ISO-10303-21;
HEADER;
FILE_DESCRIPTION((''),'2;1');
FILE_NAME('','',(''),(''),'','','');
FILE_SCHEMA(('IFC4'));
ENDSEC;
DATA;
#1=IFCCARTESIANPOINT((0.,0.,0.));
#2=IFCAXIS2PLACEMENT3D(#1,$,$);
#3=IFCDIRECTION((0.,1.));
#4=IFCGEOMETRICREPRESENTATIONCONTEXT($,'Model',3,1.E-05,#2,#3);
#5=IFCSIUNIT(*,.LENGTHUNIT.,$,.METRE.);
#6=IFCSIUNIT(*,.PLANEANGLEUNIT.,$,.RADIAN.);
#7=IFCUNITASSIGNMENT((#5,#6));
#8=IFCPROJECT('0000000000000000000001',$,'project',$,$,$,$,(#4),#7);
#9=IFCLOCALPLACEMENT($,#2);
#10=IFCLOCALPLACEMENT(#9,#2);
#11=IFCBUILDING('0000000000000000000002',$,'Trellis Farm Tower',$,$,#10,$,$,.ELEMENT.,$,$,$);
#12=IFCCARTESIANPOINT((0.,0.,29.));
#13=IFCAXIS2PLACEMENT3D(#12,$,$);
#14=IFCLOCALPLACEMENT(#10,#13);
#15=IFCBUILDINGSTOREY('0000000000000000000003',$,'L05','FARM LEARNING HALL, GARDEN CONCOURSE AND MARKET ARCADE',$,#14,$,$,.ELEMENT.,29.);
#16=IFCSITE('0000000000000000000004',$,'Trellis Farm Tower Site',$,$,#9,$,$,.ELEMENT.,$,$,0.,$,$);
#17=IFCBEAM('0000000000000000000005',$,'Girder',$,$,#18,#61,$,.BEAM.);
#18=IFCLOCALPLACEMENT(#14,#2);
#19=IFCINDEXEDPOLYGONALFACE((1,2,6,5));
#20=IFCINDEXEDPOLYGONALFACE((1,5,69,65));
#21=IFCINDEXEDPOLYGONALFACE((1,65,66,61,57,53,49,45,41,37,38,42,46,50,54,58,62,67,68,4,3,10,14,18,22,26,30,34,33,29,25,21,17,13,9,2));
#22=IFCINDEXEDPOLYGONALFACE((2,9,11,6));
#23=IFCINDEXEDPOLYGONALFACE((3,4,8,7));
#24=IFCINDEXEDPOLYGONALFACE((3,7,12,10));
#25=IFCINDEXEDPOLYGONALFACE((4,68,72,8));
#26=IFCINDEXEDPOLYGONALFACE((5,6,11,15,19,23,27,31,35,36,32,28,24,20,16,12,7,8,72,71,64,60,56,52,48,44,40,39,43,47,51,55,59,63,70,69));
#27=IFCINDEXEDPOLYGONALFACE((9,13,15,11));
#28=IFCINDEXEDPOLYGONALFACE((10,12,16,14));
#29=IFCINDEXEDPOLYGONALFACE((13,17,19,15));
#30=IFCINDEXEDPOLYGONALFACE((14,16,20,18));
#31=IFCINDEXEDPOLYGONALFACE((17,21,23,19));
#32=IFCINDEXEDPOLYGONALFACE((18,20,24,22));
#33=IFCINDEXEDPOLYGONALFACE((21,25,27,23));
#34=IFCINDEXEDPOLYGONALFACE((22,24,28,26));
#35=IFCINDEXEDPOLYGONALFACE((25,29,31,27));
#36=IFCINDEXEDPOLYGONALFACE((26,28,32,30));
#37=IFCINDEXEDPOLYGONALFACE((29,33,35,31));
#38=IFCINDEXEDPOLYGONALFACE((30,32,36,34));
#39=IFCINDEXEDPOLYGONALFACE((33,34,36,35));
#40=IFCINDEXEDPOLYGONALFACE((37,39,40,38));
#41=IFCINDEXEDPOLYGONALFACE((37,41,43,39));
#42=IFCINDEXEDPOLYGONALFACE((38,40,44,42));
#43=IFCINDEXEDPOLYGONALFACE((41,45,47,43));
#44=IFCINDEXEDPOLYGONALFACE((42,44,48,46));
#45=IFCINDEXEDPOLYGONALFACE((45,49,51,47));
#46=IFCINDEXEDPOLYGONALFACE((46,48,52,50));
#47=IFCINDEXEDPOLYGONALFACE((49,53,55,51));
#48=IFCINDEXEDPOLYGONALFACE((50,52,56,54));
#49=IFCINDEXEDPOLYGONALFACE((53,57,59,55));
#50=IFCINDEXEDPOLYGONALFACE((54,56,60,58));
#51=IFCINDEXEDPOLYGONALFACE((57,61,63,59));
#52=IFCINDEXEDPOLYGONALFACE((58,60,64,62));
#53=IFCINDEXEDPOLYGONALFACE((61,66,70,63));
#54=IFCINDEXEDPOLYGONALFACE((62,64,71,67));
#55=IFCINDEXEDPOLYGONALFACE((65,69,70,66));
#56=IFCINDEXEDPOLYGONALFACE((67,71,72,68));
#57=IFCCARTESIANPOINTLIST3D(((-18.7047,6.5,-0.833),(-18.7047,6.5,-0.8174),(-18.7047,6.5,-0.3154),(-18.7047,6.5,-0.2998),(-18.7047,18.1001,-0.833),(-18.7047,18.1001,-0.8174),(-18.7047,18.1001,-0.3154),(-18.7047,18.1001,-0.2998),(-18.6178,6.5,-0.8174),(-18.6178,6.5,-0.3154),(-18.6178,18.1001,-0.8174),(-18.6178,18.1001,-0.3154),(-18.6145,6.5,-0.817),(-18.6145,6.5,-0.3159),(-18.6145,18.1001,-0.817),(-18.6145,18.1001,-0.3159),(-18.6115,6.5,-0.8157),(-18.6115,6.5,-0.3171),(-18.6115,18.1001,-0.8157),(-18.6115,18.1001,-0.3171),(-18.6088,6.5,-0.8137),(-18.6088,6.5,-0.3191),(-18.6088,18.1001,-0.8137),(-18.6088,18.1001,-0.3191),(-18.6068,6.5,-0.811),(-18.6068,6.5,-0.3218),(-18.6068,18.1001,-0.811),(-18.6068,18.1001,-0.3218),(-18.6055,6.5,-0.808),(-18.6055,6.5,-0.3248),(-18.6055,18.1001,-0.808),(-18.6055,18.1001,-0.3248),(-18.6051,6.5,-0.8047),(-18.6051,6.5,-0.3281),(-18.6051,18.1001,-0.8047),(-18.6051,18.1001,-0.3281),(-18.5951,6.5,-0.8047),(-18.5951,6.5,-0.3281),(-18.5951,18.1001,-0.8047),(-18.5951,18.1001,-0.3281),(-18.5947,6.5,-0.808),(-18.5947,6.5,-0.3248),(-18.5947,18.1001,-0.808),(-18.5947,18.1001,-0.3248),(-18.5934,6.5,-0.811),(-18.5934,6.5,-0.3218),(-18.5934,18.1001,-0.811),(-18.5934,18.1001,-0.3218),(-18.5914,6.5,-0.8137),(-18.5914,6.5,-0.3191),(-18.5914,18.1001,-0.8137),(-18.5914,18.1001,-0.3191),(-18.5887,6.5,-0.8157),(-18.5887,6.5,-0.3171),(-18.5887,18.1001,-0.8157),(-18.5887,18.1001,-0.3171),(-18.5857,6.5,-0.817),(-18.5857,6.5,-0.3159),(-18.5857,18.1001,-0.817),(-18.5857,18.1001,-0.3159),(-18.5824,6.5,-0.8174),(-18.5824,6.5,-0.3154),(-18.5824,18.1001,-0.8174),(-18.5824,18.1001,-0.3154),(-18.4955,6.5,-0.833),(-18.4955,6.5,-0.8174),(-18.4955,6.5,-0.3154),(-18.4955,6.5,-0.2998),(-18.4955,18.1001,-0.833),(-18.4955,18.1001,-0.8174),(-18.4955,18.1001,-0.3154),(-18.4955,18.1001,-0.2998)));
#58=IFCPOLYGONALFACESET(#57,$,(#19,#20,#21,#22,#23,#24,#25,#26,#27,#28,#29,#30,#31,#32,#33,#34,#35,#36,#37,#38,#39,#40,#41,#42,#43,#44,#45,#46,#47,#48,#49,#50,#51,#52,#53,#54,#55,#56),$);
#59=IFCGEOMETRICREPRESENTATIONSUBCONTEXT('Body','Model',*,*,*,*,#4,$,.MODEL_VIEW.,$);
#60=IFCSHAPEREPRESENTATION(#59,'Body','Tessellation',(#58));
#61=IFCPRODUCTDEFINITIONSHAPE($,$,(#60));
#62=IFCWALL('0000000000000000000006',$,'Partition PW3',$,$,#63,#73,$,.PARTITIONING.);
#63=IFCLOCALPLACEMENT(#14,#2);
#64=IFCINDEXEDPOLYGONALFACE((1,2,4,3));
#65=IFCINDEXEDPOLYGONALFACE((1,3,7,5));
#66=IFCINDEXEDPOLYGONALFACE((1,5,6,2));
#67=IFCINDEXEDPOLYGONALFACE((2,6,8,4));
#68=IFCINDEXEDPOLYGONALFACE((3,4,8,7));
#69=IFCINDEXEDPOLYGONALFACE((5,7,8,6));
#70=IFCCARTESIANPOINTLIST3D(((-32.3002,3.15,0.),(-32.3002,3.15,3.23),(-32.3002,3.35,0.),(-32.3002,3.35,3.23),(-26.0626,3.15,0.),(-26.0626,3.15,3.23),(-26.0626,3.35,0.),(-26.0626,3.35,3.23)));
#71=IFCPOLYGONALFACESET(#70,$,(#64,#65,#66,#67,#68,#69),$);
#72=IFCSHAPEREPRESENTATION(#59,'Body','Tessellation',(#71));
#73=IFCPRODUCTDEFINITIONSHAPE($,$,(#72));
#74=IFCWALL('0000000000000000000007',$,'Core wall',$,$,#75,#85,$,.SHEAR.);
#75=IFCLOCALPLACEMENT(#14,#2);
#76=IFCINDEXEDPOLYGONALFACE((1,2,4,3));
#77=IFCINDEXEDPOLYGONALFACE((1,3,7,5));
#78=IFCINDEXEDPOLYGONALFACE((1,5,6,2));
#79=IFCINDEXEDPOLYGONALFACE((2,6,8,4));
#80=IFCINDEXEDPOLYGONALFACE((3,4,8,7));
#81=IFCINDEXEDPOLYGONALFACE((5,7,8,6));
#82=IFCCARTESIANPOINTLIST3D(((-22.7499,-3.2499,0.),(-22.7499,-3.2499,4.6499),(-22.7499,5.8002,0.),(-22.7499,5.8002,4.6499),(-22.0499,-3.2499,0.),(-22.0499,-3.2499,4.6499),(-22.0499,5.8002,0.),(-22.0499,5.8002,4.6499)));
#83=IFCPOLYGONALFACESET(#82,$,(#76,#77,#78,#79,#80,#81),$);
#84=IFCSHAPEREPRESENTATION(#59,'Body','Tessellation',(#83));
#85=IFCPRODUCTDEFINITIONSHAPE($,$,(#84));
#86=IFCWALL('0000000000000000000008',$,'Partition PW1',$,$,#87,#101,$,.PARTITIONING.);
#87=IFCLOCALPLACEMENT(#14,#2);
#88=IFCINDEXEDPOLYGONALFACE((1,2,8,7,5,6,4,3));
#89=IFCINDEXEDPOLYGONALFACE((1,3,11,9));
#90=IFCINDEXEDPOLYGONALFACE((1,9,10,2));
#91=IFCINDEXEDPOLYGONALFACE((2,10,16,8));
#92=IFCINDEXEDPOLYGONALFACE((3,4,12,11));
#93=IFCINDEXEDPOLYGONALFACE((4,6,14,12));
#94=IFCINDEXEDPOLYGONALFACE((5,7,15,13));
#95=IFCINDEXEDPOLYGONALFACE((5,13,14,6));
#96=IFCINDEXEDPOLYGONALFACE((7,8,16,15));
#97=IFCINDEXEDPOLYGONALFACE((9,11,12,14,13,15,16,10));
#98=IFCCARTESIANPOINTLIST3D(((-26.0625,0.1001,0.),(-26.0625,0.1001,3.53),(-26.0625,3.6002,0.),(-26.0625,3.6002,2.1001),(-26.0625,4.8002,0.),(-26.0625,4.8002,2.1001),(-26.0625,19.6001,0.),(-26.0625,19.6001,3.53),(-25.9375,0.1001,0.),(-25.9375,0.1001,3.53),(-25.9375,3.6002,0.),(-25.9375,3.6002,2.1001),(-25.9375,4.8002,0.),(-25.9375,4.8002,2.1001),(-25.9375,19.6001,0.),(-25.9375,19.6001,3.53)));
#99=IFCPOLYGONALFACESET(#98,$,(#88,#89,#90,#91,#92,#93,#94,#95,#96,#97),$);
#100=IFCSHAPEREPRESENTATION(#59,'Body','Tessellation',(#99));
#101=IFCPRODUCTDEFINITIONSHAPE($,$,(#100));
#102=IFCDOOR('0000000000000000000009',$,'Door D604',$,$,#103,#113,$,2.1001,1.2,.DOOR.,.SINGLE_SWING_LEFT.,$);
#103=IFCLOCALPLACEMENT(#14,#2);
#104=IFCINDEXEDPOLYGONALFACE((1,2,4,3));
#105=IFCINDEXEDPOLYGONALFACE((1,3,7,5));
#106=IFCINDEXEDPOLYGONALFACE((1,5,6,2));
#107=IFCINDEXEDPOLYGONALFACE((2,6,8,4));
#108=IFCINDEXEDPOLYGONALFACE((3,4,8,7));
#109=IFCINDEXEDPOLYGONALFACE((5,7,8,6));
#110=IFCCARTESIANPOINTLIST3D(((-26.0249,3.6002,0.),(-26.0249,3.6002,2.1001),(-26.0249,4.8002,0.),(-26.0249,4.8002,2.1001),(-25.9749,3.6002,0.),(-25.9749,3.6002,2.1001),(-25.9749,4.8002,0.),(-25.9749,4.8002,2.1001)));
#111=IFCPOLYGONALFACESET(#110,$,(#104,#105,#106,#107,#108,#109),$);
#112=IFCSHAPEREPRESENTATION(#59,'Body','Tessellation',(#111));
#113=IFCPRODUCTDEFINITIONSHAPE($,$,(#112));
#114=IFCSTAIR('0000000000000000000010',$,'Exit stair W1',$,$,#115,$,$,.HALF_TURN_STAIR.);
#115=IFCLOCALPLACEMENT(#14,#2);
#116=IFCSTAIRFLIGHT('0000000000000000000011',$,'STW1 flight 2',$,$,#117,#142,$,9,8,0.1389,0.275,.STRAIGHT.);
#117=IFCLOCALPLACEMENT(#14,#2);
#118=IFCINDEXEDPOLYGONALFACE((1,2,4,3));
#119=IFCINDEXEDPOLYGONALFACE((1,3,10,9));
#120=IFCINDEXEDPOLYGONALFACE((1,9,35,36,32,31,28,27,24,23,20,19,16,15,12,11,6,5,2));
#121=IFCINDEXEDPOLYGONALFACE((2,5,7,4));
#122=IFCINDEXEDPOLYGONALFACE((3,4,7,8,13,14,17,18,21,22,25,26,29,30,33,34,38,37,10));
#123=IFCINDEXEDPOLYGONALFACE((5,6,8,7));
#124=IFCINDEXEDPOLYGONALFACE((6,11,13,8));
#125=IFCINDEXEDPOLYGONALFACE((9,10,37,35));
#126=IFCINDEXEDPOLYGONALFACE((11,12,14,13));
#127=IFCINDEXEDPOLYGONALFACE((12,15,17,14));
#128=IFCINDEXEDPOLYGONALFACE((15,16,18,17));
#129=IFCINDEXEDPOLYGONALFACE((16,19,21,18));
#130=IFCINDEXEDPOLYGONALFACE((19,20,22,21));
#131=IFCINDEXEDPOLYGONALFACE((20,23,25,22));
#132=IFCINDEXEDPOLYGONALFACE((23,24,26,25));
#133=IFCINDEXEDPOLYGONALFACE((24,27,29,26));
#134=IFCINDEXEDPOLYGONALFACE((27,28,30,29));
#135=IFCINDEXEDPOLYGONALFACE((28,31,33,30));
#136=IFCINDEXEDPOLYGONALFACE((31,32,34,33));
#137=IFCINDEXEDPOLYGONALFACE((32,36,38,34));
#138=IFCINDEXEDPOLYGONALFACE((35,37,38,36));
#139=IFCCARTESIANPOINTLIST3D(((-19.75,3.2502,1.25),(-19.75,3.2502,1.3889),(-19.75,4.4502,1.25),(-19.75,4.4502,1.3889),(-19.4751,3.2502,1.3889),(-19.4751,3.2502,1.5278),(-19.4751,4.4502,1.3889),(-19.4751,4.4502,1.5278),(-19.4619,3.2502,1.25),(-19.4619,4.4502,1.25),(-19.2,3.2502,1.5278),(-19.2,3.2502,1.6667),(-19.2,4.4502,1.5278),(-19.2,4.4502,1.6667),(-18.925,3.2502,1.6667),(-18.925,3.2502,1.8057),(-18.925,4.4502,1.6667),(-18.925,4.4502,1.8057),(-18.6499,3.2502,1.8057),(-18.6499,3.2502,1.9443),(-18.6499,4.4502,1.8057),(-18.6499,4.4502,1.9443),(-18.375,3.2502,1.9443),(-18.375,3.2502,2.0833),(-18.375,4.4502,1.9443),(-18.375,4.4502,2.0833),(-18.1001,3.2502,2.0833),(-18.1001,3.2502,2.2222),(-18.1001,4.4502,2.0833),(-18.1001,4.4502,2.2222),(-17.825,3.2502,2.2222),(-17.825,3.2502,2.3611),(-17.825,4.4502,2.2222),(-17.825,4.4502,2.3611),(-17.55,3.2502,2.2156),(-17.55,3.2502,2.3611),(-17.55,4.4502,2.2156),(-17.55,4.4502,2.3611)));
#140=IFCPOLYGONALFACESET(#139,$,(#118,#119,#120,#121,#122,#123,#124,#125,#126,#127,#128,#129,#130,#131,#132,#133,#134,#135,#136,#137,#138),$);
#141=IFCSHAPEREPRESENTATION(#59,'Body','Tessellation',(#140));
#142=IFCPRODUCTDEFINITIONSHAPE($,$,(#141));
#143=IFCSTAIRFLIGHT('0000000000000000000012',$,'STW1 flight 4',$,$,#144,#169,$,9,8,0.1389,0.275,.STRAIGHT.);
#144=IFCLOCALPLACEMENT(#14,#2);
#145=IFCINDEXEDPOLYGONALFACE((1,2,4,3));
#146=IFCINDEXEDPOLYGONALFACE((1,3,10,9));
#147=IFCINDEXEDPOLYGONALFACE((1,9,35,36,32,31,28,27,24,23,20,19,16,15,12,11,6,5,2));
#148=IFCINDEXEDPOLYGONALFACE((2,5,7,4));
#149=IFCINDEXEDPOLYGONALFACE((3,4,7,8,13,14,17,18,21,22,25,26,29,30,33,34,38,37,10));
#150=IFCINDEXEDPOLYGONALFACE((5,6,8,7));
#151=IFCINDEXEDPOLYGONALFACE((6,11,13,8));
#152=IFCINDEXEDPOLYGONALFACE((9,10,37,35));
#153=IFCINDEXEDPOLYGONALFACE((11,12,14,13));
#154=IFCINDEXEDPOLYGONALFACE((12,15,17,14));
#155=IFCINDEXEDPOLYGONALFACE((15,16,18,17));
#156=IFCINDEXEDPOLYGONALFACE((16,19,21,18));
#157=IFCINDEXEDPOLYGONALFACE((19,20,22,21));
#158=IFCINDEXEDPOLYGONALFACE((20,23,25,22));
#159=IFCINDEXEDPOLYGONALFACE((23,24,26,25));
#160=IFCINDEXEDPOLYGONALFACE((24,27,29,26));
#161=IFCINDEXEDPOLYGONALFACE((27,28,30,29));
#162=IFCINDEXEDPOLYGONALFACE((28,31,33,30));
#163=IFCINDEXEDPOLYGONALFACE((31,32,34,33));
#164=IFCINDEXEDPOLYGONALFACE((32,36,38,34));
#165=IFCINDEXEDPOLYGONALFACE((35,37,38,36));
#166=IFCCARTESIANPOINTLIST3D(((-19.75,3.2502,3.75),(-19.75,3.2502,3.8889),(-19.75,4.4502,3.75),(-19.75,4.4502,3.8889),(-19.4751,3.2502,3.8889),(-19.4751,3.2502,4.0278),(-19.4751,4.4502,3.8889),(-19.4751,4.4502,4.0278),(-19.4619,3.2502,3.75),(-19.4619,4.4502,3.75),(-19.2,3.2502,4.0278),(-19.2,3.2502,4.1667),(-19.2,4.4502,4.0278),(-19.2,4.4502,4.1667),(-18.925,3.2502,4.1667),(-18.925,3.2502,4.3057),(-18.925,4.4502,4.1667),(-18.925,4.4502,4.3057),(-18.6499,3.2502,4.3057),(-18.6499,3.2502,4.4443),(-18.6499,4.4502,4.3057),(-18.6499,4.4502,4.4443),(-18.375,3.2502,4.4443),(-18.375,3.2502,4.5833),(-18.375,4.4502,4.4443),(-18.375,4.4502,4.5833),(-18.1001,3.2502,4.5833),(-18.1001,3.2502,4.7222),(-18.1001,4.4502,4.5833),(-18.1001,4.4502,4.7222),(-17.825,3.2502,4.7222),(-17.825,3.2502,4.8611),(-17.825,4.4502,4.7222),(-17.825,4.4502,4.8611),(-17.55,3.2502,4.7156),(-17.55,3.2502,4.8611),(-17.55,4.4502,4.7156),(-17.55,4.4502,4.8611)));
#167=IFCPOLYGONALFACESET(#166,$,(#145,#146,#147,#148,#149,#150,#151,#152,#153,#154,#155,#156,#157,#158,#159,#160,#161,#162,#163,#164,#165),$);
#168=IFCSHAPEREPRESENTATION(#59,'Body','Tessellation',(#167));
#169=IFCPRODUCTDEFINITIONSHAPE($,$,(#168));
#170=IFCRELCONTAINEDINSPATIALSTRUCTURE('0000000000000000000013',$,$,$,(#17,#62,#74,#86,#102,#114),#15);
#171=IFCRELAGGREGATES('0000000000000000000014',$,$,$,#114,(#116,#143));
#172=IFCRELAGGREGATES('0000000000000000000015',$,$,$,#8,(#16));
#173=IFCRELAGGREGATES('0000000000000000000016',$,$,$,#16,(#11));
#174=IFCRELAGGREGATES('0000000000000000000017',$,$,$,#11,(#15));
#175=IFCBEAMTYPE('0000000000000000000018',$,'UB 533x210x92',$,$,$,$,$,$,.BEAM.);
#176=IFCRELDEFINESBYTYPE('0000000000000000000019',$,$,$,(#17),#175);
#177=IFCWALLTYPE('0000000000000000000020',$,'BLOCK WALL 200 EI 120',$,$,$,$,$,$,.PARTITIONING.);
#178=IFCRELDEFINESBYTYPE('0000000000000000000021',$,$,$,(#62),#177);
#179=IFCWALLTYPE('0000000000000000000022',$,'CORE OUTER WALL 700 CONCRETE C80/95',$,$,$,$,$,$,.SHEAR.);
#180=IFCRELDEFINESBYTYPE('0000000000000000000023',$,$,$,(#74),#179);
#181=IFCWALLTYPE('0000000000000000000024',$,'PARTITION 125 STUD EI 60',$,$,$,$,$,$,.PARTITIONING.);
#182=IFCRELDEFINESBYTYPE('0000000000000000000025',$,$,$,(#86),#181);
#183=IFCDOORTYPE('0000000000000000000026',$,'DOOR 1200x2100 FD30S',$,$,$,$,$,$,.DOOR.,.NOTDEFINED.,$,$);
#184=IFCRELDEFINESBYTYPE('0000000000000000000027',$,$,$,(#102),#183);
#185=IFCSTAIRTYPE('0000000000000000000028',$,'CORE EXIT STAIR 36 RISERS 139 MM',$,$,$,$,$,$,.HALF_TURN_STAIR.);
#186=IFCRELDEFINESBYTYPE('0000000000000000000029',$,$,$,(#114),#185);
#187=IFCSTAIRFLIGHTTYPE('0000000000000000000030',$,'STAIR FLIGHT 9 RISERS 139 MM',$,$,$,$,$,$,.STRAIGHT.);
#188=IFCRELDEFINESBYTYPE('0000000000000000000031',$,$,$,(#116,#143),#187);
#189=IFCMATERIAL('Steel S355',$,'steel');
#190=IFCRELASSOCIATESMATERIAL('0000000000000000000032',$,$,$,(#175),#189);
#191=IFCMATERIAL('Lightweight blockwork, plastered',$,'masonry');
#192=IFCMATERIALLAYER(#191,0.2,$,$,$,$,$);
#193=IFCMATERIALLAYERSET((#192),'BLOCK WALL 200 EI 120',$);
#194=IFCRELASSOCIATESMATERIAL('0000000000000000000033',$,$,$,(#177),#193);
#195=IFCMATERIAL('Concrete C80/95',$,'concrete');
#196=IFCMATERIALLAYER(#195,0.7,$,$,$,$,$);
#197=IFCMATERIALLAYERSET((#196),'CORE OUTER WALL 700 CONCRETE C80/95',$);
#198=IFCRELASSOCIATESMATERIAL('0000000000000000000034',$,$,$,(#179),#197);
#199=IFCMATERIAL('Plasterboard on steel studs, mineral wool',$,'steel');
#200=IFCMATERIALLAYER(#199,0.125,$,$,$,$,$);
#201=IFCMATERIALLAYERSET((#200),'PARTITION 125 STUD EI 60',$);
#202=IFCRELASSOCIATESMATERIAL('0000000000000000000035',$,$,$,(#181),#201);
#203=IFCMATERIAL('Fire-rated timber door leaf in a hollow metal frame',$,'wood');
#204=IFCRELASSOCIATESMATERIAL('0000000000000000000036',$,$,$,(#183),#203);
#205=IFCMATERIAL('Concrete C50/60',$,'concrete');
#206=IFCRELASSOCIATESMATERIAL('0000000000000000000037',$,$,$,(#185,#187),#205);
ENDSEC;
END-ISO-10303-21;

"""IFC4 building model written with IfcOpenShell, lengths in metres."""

from ifc_helpers import new_model, si_unit, direction, frame, frame_2d, origin, origin_2d, place, context, subcontext, project, spatial, polyline, rectangle, i_section, outline, extrude, source, transform, mapped, material, layer, layer_set, material_profile, profile_set, type_object, element, fill, aggregate, save


model = new_model("IFC4")

# Units and contexts
model_context = context("Model", 3, precision=1e-05, world=origin(), true_north=direction((0.0, 1.0)))
body_context = subcontext(model_context, "Body", "Model", "MODEL_VIEW")
ifc_project = project(units=[si_unit("LENGTHUNIT", "METRE"), si_unit("PLANEANGLEUNIT", "RADIAN")], contexts=[model_context])

# Site, building, storey
site_placement = place(None, origin())
site = spatial("IfcSite", under=ifc_project, at=site_placement, Name="Trellis Farm Tower Site", CompositionType="ELEMENT", RefElevation=0.0)
building_placement = place(site_placement, origin())
building = spatial("IfcBuilding", under=site, at=building_placement, Name="Trellis Farm Tower", CompositionType="ELEMENT")
storey_placement = place(building_placement, frame((0.0, 0.0, 29.0)))
storey = spatial("IfcBuildingStorey", under=building, at=storey_placement, Name="L05", Description="FARM LEARNING HALL, GARDEN CONCOURSE AND MARKET ARCADE", CompositionType="ELEMENT", Elevation=29.0)

# Shared definitions
ifc_material_1 = material(Name="Concrete C80/95", Category="concrete")

# Beam
ifc_material_2 = material(Name="Steel S355", Category="steel")
ifc_material_profile_1 = material_profile(ifc_material_2, i_section(OverallWidth=0.2092, OverallDepth=0.5332, WebThickness=0.01, FlangeThickness=0.0156, FilletRadius=0.0127, at=origin_2d()), Name="UB 533x210x92")
ifc_profile_set_1 = profile_set([ifc_material_profile_1], Name="Steel S355")
beam_type_1 = type_object("IfcBeamType", Name="UB 533x210x92", PredefinedType="BEAM", material=ifc_profile_set_1)
shared_shape_1 = source(origin(), body_context, "Body", "SweptSolid", [
    extrude(i_section(OverallWidth=0.2092, OverallDepth=0.5332, WebThickness=0.01, FlangeThickness=0.0156, FilletRadius=0.0127, at=origin_2d()), origin(), (0.0, 0.0, 1.0), 11.6001),
])
beam_1_placement = place(storey_placement, frame((-18.6001, 6.5, -0.5664), z_axis=(0.0, 1.0, 0.0), x_axis=(-1.0, 0.0, 0.0)))
element("IfcBeam", 1, at=beam_1_placement, inside=storey, type_object=beam_type_1, Name="Girder", PredefinedType="BEAM", context=body_context, shape_type="MappedRepresentation", body=[
    mapped(shared_shape_1, transform((0.0, 0.0, 0.0))),
])

# Walls
ifc_material_3 = material(Name="Lightweight blockwork, plastered", Category="masonry")
ifc_layer_1 = layer(ifc_material_3, 0.2)
ifc_layer_set_1 = layer_set([ifc_layer_1], Name="BLOCK WALL 200 EI 120")
wall_type_1 = type_object("IfcWallType", Name="BLOCK WALL 200 EI 120", PredefinedType="PARTITIONING", material=ifc_layer_set_1)
wall_1_placement = place(storey_placement, frame((-32.3, 3.25, 0.0), z_axis=(0.0, 0.0, 1.0), x_axis=(1.0, 0.0, 0.0)))
element("IfcWall", 2, at=wall_1_placement, inside=storey, type_object=wall_type_1, Name="Partition PW3", PredefinedType="PARTITIONING", context=body_context, shape_type="SweptSolid", body=[
    extrude(rectangle(XDim=6.2375, YDim=0.2, at=frame_2d((3.1187, 0.0))), origin(), (0.0, 0.0, 1.0), 3.23),
])
ifc_layer_2 = layer(ifc_material_1, 0.7)
ifc_layer_set_2 = layer_set([ifc_layer_2], Name="CORE OUTER WALL 700 CONCRETE C80/95")
wall_type_2 = type_object("IfcWallType", Name="CORE OUTER WALL 700 CONCRETE C80/95", PredefinedType="SHEAR", material=ifc_layer_set_2)
shared_shape_2 = source(origin(), body_context, "Body", "SweptSolid", [
    extrude(rectangle(XDim=9.05, YDim=0.7, at=frame_2d((4.5249, 0.0))), origin(), (0.0, 0.0, 1.0), 4.6499),
])
wall_2_placement = place(storey_placement, frame((-22.3999, 5.8, 0.0), z_axis=(0.0, 0.0, 1.0), x_axis=(0.0, -1.0, 0.0)))
element("IfcWall", 3, at=wall_2_placement, inside=storey, type_object=wall_type_2, Name="Core wall", PredefinedType="SHEAR", context=body_context, shape_type="MappedRepresentation", body=[
    mapped(shared_shape_2, transform((0.0, 0.0, 0.0))),
])

# Wall, opening, door
ifc_material_4 = material(Name="Plasterboard on steel studs, mineral wool", Category="steel")
ifc_layer_3 = layer(ifc_material_4, 0.125)
ifc_layer_set_3 = layer_set([ifc_layer_3], Name="PARTITION 125 STUD EI 60")
wall_type_3 = type_object("IfcWallType", Name="PARTITION 125 STUD EI 60", PredefinedType="PARTITIONING", material=ifc_layer_set_3)
shared_shape_3 = source(origin(), body_context, "Body", "SweptSolid", [
    extrude(rectangle(XDim=19.5, YDim=0.125, at=frame_2d((9.75, 0.0))), origin(), (0.0, 0.0, 1.0), 3.53),
])
wall_3_placement = place(storey_placement, frame((-26.0, 0.1001, 0.0), z_axis=(0.0, 0.0, 1.0), x_axis=(0.0, 1.0, 0.0)))
wall_3 = element("IfcWall", 4, at=wall_3_placement, inside=storey, type_object=wall_type_3, Name="Partition PW1", PredefinedType="PARTITIONING", context=body_context, shape_type="MappedRepresentation", body=[
    mapped(shared_shape_3, transform((0.0, 0.0, 0.0))),
])
shared_shape_4 = source(origin(), body_context, "Body", "SweptSolid", [
    extrude(rectangle(XDim=1.2, YDim=2.1001, at=frame_2d((0.6001, 1.05))), frame((0.0, 0.0725, 0.0), z_axis=(0.0, -1.0, 0.0), x_axis=(1.0, 0.0, 0.0)), (0.0, 0.0, 1.0), 0.145),
])
opening_placement = place(wall_3_placement, frame((3.5, 0.0, 0.0)))
opening = element("IfcOpeningElement", 5, at=opening_placement, cuts=wall_3, PredefinedType="OPENING", context=body_context, shape_type="MappedRepresentation", body=[
    mapped(shared_shape_4, transform((0.0, 0.0, 0.0))),
])
ifc_material_5 = material(Name="Fire-rated timber door leaf in a hollow metal frame", Category="wood")
door_type = type_object("IfcDoorType", Name="DOOR 1200x2100 FD30S", OperationType="NOTDEFINED", PredefinedType="DOOR", material=ifc_material_5)
shared_shape_5 = source(origin(), body_context, "Body", "SweptSolid", [
    extrude(rectangle(XDim=1.2, YDim=2.1001, at=frame_2d((0.6001, 1.05))), frame((0.0, 0.0249, 0.0), z_axis=(0.0, -1.0, 0.0), x_axis=(1.0, 0.0, 0.0)), (0.0, 0.0, 1.0), 0.05),
])
door_placement = place(opening_placement, origin())
door = element("IfcDoor", 6, at=door_placement, inside=storey, type_object=door_type, Name="Door D604", OperationType="SINGLE_SWING_LEFT", OverallHeight=2.1001, OverallWidth=1.2, PredefinedType="DOOR", context=body_context, shape_type="MappedRepresentation", body=[
    mapped(shared_shape_5, transform((0.0, 0.0, 0.0))),
])
fill(opening, door)

# Stair, stair flights
ifc_material_6 = material(Name="Concrete C50/60", Category="concrete")
stair_type = type_object("IfcStairType", Name="CORE EXIT STAIR 36 RISERS 139 MM", PredefinedType="HALF_TURN_STAIR", material=ifc_material_6)
placement = place(storey_placement, origin())
stair_1 = element("IfcStair", 7, at=placement, inside=storey, type_object=stair_type, Name="Exit stair W1", PredefinedType="HALF_TURN_STAIR")
stair_flight_type = type_object("IfcStairFlightType", Name="STAIR FLIGHT 9 RISERS 139 MM", PredefinedType="STRAIGHT", material=ifc_material_6)
shared_shape_6 = source(origin(), body_context, "Body", "SweptSolid", [
    extrude(outline(polyline([(0.0, 0.0), (0.0, 0.1389), (0.2749, 0.1389), (0.2749, 0.2778), (0.55, 0.2778), (0.55, 0.4167), (0.825, 0.4167), (0.825, 0.5557), (1.1001, 0.5557), (1.1001, 0.6943), (1.375, 0.6943), (1.375, 0.8333), (1.6499, 0.8333), (1.6499, 0.9722), (1.925, 0.9722), (1.925, 1.1111), (2.2, 1.1111), (2.2, 1.25), (2.2, 0.9656), (0.2881, 0.0), (0.0, 0.0)])), frame((0.0, 0.6001, 0.0), z_axis=(0.0, -1.0, 0.0), x_axis=(1.0, 0.0, 0.0)), (0.0, 0.0, 1.0), 1.2),
])
stair_flight_1_placement = place(storey_placement, frame((-19.75, 3.8501, 1.25), z_axis=(0.0, 0.0, 1.0), x_axis=(1.0, 0.0, 0.0)))
stair_flight_1 = element("IfcStairFlight", 8, at=stair_flight_1_placement, type_object=stair_flight_type, Name="STW1 flight 2", NumberOfRisers=9, NumberOfTreads=8, PredefinedType="STRAIGHT", RiserHeight=0.1389, TreadLength=0.275, context=body_context, shape_type="MappedRepresentation", body=[
    mapped(shared_shape_6, transform((0.0, 0.0, 0.0))),
])
stair_flight_2_placement = place(storey_placement, frame((-19.75, 3.8501, 3.75), z_axis=(0.0, 0.0, 1.0), x_axis=(1.0, 0.0, 0.0)))
stair_flight_2 = element("IfcStairFlight", 9, at=stair_flight_2_placement, type_object=stair_flight_type, Name="STW1 flight 4", NumberOfRisers=9, NumberOfTreads=8, PredefinedType="STRAIGHT", RiserHeight=0.1389, TreadLength=0.275, context=body_context, shape_type="MappedRepresentation", body=[
    mapped(shared_shape_6, transform((0.0, 0.0, 0.0))),
])
aggregate(stair_1, [stair_flight_1, stair_flight_2])

save(model, "model.ifc")
